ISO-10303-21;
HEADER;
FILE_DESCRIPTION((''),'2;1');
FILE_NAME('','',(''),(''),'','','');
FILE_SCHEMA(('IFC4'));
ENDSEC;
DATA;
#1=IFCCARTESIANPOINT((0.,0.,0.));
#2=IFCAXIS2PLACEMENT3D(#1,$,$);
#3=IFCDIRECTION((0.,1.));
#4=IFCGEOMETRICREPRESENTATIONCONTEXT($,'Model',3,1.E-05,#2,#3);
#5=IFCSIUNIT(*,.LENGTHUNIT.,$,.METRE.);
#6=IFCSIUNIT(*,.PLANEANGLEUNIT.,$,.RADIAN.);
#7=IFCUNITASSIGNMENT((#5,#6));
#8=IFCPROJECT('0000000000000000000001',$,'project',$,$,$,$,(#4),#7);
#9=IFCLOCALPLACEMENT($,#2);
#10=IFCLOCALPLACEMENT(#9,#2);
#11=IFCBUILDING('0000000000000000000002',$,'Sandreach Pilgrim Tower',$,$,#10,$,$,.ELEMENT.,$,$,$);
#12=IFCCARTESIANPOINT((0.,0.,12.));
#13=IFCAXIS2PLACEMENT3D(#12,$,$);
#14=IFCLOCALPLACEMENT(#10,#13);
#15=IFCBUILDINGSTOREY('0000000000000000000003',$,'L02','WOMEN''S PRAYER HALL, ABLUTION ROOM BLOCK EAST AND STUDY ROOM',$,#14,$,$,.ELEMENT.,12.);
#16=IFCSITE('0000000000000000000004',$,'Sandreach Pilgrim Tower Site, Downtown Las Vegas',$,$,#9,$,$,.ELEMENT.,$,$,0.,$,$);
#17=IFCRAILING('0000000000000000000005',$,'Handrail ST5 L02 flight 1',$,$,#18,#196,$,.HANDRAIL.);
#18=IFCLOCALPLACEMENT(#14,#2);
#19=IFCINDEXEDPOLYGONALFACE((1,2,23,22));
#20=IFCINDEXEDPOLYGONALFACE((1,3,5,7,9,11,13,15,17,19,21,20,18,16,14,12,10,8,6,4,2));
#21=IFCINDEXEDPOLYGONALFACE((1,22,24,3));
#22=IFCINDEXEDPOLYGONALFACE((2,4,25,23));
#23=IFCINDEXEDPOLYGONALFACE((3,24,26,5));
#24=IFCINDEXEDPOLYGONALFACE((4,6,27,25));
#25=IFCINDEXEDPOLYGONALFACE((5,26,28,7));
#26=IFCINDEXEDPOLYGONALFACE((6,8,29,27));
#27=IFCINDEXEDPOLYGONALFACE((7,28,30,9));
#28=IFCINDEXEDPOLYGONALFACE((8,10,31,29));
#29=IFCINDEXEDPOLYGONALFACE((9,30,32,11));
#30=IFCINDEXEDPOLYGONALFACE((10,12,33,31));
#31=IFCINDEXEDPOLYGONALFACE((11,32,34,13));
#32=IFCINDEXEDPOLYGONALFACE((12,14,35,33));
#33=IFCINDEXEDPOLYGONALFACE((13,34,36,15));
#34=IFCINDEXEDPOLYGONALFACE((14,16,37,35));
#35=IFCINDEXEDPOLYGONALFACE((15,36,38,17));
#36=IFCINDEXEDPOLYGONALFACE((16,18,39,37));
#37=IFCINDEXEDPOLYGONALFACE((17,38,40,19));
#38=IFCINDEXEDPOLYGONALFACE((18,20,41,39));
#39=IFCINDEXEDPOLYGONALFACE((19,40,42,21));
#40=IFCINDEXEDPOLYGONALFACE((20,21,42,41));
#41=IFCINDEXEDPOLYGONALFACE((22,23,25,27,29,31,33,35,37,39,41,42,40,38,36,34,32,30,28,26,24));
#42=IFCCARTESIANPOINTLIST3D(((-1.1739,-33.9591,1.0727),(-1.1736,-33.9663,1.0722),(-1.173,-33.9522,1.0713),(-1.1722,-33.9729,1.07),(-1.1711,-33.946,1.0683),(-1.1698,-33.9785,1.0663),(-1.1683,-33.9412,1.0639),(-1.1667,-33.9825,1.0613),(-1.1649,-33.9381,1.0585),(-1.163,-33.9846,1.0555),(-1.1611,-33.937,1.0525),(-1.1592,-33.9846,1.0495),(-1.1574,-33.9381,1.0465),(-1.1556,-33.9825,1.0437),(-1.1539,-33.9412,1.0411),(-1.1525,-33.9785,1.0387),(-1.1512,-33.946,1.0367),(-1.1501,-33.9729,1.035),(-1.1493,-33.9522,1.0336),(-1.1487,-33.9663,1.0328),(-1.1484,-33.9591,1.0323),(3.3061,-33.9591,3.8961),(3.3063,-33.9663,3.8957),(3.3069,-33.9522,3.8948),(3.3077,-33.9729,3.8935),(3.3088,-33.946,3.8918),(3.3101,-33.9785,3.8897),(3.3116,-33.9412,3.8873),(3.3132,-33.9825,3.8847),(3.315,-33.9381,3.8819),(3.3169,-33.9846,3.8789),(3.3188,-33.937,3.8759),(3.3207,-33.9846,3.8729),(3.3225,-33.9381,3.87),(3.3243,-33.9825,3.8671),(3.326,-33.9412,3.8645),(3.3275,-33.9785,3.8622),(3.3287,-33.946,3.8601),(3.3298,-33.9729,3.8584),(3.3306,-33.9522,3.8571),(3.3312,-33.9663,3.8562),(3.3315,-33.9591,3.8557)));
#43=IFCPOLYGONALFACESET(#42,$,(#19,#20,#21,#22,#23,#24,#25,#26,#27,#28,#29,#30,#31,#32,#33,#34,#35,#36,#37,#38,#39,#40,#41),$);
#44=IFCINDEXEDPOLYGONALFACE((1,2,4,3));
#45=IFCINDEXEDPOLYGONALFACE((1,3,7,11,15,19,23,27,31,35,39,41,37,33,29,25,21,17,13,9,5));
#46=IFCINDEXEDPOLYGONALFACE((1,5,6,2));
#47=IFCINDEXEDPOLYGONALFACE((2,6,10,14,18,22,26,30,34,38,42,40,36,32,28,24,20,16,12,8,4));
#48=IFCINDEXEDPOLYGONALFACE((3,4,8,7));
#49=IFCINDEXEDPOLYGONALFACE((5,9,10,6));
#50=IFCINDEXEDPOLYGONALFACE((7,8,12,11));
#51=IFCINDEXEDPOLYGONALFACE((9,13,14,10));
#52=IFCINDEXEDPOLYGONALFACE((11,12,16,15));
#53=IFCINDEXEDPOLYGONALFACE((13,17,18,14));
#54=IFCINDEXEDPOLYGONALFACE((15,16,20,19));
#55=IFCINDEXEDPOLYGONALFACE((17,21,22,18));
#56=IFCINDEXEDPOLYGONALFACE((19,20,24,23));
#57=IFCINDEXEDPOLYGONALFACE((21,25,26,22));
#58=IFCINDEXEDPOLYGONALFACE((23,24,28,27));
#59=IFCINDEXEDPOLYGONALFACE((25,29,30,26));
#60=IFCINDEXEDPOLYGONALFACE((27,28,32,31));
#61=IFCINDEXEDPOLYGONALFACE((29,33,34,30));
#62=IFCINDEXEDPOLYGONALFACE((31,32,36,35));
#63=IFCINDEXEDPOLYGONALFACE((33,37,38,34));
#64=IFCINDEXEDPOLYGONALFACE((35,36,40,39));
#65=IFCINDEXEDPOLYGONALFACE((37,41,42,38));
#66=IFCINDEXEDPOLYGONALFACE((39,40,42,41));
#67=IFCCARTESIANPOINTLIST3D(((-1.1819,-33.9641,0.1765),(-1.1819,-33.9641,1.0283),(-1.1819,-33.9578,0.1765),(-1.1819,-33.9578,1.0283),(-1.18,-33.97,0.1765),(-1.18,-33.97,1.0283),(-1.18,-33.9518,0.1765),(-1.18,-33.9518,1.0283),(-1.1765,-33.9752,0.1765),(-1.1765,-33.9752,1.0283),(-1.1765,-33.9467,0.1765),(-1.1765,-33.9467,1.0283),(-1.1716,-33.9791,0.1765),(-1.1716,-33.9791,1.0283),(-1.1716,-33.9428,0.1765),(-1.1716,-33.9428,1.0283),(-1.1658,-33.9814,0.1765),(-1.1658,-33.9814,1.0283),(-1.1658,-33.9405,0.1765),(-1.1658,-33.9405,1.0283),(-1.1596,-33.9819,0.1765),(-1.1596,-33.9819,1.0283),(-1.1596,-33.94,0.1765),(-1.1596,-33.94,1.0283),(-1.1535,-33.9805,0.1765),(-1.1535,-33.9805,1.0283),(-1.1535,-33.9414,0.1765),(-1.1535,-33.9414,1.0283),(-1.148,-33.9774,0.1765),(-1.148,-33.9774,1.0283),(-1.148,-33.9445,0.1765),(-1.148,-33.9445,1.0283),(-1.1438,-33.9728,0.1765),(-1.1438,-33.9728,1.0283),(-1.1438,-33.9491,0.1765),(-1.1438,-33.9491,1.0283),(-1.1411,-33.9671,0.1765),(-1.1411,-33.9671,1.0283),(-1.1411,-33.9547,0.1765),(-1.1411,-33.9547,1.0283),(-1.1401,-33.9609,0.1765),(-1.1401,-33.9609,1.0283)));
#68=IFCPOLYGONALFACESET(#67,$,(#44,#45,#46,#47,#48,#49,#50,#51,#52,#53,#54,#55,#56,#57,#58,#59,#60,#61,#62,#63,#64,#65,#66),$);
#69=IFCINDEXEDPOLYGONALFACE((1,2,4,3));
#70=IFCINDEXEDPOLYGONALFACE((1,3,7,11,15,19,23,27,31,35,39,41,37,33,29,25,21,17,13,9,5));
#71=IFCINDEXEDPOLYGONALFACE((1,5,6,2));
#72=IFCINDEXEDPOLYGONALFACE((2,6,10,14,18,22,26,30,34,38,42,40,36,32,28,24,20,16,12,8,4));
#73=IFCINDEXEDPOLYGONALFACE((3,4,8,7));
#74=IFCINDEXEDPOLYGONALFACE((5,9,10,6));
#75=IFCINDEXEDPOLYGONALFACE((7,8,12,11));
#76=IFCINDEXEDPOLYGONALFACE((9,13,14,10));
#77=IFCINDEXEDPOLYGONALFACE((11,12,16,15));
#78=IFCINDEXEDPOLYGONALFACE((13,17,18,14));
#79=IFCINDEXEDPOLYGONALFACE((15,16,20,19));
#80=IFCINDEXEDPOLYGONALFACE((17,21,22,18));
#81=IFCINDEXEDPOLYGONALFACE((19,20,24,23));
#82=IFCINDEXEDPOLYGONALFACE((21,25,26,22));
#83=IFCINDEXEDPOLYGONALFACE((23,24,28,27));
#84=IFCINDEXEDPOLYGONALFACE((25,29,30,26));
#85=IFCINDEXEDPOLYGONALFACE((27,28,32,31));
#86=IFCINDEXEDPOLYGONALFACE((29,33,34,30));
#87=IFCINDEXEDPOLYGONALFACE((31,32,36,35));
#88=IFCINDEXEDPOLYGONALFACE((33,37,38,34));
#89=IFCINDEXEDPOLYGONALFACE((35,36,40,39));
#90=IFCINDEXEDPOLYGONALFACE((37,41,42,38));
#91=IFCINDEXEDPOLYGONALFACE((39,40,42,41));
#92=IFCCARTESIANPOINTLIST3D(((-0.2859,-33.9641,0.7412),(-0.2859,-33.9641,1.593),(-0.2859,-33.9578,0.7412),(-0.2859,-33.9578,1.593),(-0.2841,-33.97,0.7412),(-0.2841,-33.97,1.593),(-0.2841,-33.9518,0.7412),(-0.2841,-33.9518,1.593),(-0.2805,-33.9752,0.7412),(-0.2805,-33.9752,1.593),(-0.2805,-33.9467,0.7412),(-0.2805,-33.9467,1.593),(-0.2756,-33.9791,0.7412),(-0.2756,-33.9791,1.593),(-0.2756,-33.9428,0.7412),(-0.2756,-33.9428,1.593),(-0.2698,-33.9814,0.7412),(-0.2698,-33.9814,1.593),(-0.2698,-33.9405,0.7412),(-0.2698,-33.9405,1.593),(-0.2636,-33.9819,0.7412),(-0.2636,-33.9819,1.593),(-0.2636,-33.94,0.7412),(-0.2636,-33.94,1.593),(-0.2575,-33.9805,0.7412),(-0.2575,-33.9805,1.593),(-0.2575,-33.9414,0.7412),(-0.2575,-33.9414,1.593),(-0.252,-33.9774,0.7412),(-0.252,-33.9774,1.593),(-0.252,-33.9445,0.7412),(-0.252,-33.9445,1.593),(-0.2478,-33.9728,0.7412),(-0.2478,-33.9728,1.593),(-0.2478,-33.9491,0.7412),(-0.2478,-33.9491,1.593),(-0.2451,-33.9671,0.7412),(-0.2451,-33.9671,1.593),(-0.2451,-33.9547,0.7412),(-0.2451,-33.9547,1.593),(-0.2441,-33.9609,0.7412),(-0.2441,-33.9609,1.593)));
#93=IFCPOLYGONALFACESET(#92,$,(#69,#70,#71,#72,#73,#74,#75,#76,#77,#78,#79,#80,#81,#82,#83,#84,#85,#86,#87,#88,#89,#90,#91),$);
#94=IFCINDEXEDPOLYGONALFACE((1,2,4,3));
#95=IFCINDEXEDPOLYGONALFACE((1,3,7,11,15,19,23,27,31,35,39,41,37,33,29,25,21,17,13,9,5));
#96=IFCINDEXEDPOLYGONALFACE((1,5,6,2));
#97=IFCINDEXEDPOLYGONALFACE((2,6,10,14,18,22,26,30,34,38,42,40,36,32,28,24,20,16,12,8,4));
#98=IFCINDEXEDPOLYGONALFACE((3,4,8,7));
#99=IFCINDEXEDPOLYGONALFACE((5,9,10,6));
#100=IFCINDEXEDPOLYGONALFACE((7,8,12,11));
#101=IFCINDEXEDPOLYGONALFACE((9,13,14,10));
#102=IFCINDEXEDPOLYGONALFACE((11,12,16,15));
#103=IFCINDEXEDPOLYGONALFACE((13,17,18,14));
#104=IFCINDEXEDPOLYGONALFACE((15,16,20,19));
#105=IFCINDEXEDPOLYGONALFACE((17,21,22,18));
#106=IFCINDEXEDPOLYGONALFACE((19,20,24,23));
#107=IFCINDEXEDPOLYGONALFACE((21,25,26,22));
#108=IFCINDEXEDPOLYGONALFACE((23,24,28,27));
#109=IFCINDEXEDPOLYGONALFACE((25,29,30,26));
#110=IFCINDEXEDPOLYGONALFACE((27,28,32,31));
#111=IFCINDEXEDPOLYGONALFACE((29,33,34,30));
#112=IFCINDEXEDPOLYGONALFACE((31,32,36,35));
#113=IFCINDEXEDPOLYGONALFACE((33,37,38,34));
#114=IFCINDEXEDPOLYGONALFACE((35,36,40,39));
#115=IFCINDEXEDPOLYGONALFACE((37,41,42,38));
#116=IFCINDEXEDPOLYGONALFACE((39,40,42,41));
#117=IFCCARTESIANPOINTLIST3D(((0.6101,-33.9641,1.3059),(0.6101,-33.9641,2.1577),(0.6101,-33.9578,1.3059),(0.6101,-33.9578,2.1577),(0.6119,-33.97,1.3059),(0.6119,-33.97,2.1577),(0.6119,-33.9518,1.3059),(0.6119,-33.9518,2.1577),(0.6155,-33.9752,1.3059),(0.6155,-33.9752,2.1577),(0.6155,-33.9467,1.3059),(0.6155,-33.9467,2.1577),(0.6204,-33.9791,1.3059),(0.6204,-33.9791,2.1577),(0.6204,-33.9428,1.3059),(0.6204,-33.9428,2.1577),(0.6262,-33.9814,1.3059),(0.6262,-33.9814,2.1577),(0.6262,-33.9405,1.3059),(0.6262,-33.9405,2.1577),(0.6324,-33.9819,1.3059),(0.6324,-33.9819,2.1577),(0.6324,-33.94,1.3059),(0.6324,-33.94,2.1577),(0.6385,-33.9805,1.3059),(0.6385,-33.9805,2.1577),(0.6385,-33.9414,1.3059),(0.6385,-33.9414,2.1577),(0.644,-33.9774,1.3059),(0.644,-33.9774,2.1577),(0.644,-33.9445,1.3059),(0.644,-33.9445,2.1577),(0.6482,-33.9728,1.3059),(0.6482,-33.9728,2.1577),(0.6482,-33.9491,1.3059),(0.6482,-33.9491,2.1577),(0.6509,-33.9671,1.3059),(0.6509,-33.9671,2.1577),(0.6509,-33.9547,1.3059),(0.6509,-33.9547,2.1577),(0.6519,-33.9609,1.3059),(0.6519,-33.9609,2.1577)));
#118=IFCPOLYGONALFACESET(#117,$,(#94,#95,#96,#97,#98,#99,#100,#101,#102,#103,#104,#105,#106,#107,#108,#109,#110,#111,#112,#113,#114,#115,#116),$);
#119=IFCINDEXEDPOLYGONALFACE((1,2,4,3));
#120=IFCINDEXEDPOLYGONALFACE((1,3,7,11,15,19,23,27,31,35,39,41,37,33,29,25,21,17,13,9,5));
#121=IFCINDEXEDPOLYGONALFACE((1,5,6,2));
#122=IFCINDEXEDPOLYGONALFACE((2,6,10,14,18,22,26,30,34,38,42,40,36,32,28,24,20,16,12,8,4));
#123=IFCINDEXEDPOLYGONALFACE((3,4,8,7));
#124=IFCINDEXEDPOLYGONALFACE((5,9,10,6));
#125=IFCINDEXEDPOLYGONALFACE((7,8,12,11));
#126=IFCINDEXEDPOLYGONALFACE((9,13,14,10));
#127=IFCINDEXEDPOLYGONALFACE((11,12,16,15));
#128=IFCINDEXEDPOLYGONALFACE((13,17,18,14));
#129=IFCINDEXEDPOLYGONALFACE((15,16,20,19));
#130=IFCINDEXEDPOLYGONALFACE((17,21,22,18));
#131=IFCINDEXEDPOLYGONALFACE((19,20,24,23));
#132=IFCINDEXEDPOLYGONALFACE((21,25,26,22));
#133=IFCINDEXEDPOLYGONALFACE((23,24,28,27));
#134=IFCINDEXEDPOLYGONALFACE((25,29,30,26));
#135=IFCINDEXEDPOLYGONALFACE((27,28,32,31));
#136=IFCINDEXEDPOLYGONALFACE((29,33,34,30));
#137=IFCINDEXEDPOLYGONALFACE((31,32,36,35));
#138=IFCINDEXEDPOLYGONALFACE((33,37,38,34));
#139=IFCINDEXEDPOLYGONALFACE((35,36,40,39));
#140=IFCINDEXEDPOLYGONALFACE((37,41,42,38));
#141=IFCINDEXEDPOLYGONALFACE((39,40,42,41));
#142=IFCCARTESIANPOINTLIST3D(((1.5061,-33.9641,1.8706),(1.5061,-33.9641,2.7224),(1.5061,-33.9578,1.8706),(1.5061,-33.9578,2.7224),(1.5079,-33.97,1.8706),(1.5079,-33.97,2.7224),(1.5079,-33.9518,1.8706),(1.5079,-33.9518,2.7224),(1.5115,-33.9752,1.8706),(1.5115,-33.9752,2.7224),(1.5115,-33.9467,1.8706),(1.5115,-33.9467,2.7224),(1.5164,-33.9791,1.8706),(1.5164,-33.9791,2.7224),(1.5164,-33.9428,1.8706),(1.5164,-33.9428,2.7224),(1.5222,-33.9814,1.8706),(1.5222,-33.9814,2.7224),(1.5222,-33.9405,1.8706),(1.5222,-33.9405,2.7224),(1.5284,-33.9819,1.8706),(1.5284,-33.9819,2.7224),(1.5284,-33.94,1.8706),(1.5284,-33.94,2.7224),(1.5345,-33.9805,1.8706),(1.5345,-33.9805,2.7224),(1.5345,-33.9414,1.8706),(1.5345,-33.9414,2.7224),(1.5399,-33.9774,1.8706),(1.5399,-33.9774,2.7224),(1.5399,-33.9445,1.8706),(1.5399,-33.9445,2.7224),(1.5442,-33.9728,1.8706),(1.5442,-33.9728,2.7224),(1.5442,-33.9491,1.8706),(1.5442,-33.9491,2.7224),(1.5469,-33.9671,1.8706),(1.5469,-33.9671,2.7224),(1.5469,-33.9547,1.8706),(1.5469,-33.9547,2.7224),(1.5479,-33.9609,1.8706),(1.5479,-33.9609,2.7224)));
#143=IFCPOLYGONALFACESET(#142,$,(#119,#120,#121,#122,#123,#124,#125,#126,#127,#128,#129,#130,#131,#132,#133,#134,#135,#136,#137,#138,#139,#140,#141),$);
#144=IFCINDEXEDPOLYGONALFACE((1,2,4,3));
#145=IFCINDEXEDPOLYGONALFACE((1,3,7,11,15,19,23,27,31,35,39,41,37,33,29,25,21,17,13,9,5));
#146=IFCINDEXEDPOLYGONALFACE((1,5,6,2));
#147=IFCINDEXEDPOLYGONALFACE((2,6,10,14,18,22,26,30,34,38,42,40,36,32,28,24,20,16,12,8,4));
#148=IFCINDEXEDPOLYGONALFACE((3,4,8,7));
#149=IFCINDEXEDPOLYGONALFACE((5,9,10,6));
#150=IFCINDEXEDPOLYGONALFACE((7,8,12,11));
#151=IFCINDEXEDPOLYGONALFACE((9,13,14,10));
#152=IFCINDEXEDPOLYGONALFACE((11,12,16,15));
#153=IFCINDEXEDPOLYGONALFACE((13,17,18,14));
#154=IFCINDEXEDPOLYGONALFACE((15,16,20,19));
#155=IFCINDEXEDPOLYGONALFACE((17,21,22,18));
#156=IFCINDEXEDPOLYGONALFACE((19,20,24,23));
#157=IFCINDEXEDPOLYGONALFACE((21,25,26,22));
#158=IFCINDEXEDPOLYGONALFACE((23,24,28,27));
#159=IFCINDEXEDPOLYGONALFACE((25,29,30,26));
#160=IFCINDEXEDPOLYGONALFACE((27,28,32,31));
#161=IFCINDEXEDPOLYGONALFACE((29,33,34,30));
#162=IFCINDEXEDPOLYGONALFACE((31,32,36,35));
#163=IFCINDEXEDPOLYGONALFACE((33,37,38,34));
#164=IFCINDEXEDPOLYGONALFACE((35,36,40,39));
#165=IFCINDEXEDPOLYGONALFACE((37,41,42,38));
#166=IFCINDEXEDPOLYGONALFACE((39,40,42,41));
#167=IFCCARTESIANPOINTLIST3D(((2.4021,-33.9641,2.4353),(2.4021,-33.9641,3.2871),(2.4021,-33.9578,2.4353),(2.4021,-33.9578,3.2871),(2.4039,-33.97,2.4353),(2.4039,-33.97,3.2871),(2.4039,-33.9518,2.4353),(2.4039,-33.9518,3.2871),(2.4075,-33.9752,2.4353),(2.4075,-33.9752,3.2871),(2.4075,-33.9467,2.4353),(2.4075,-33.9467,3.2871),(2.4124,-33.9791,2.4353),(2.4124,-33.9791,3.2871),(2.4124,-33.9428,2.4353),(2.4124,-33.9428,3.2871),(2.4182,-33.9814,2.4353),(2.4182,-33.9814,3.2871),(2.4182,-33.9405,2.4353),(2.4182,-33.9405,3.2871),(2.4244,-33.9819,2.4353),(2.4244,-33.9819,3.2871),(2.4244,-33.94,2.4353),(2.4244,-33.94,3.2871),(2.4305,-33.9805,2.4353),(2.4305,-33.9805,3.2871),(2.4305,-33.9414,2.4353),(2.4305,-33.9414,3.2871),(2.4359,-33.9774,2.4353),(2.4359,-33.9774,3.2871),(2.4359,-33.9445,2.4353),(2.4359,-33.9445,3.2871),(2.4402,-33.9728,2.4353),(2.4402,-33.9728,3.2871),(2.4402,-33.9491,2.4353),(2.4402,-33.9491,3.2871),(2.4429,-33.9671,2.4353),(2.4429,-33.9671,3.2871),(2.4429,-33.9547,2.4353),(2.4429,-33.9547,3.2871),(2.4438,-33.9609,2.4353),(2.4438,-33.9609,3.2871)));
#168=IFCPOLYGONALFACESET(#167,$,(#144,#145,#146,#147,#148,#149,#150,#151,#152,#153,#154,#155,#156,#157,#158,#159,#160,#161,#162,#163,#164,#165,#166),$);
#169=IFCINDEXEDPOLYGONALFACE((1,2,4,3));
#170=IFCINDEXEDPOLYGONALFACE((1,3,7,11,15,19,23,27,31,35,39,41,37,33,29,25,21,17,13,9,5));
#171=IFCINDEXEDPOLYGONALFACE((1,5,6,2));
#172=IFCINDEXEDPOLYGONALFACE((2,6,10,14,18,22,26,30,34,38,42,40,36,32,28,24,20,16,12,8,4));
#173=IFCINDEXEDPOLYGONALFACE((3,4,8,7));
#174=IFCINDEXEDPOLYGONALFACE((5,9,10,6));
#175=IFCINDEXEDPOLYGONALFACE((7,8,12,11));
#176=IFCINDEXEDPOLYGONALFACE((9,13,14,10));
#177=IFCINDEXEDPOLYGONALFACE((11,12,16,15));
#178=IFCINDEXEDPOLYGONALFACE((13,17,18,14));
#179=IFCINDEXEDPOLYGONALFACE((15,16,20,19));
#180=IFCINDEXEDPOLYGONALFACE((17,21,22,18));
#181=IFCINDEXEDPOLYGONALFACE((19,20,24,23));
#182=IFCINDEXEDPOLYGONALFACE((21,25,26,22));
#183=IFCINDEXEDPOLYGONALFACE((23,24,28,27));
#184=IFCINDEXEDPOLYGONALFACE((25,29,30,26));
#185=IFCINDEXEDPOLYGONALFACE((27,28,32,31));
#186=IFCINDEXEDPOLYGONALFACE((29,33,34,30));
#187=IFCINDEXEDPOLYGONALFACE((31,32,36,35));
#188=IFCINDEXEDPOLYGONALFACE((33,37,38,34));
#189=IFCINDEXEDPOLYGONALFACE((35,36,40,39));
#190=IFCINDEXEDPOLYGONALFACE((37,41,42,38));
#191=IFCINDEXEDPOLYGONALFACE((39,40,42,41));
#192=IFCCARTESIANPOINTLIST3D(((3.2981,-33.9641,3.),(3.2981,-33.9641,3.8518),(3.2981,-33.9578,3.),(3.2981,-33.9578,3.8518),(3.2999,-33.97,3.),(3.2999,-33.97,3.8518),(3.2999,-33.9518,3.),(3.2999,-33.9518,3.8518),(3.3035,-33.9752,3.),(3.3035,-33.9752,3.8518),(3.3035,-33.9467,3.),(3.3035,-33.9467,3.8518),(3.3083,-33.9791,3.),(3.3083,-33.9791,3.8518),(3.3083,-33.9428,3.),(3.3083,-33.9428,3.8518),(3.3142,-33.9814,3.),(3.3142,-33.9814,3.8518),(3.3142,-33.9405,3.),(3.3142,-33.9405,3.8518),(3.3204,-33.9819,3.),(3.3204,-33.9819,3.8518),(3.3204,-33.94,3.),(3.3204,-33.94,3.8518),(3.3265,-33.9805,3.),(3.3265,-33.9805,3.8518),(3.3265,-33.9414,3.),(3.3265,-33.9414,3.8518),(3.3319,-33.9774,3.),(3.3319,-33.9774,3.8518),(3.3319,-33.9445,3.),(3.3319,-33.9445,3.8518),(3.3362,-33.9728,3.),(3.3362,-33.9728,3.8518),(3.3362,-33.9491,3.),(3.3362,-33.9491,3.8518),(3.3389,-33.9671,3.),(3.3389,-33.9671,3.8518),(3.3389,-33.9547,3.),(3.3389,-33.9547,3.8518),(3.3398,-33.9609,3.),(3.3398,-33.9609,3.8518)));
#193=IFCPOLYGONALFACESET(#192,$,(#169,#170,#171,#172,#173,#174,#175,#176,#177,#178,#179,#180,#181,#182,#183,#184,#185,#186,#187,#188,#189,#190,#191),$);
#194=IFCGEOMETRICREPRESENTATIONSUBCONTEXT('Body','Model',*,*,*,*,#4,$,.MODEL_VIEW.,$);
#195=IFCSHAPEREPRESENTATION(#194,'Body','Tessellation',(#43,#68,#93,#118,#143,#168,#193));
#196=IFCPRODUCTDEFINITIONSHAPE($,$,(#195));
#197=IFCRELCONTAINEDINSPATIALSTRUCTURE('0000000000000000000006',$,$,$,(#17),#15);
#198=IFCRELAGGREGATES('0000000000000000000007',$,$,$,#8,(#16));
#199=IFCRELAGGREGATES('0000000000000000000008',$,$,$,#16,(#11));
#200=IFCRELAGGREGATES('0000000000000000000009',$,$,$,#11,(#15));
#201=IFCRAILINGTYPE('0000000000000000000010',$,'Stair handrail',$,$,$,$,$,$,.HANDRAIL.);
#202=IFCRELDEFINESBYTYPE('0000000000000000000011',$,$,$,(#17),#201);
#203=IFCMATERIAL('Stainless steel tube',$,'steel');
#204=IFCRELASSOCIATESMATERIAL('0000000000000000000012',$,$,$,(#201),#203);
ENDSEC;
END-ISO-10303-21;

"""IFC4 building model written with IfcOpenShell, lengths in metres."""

from ifc_helpers import new_model, si_unit, direction, frame, origin, origin_2d, place, context, subcontext, project, spatial, circle, extrude, material, type_object, element, save


model = new_model("IFC4")

# Units and contexts
model_context = context("Model", 3, precision=1e-05, world=origin(), true_north=direction((0.0, 1.0)))
body_context = subcontext(model_context, "Body", "Model", "MODEL_VIEW")
ifc_project = project(units=[si_unit("LENGTHUNIT", "METRE"), si_unit("PLANEANGLEUNIT", "RADIAN")], contexts=[model_context])

# Site, building, storey
site_placement = place(None, origin())
site = spatial("IfcSite", under=ifc_project, at=site_placement, Name="Sandreach Pilgrim Tower Site, Downtown Las Vegas", CompositionType="ELEMENT", RefElevation=0.0)
building_placement = place(site_placement, origin())
building = spatial("IfcBuilding", under=site, at=building_placement, Name="Sandreach Pilgrim Tower", CompositionType="ELEMENT")
storey_placement = place(building_placement, frame((0.0, 0.0, 12.0)))
storey = spatial("IfcBuildingStorey", under=building, at=storey_placement, Name="L02", Description="WOMEN'S PRAYER HALL, ABLUTION ROOM BLOCK EAST AND STUDY ROOM", CompositionType="ELEMENT", Elevation=12.0)

# Railing
ifc_material_1 = material(Name="Stainless steel tube", Category="steel")
railing_type = type_object("IfcRailingType", Name="Stair handrail", PredefinedType="HANDRAIL", material=ifc_material_1)
for number, where, name in (
    (1, (-1.1611, -33.9609, 0.1765), "Handrail ST5 L02 flight 1"),
):
    element("IfcRailing", number, at=place(storey_placement, frame(where)), inside=storey, type_object=railing_type, Name=name, PredefinedType="HANDRAIL", context=body_context, shape_type="SweptSolid", body=[
        extrude(circle(Radius=0.0239, at=origin_2d()), frame((0.0, 0.0, 0.876), z_axis=(0.845998, 0.0, 0.533186), x_axis=(0.0, 1.0, 0.0)), (0.0, 0.0, 1.0), 5.2954),
        extrude(circle(Radius=0.021, at=origin_2d()), origin(), (0.0, 0.0, 1.0), 0.8518),
        extrude(circle(Radius=0.021, at=origin_2d()), frame((0.896, 0.0, 0.5647)), (0.0, 0.0, 1.0), 0.8518),
        extrude(circle(Radius=0.021, at=origin_2d()), frame((1.792, 0.0, 1.1294)), (0.0, 0.0, 1.0), 0.8518),
        extrude(circle(Radius=0.021, at=origin_2d()), frame((2.688, 0.0, 1.6941)), (0.0, 0.0, 1.0), 0.8518),
        extrude(circle(Radius=0.021, at=origin_2d()), frame((3.584, 0.0, 2.2588)), (0.0, 0.0, 1.0), 0.8518),
        extrude(circle(Radius=0.021, at=origin_2d()), frame((4.48, 0.0, 2.8235)), (0.0, 0.0, 1.0), 0.8518),
    ])

save(model, "model.ifc")
